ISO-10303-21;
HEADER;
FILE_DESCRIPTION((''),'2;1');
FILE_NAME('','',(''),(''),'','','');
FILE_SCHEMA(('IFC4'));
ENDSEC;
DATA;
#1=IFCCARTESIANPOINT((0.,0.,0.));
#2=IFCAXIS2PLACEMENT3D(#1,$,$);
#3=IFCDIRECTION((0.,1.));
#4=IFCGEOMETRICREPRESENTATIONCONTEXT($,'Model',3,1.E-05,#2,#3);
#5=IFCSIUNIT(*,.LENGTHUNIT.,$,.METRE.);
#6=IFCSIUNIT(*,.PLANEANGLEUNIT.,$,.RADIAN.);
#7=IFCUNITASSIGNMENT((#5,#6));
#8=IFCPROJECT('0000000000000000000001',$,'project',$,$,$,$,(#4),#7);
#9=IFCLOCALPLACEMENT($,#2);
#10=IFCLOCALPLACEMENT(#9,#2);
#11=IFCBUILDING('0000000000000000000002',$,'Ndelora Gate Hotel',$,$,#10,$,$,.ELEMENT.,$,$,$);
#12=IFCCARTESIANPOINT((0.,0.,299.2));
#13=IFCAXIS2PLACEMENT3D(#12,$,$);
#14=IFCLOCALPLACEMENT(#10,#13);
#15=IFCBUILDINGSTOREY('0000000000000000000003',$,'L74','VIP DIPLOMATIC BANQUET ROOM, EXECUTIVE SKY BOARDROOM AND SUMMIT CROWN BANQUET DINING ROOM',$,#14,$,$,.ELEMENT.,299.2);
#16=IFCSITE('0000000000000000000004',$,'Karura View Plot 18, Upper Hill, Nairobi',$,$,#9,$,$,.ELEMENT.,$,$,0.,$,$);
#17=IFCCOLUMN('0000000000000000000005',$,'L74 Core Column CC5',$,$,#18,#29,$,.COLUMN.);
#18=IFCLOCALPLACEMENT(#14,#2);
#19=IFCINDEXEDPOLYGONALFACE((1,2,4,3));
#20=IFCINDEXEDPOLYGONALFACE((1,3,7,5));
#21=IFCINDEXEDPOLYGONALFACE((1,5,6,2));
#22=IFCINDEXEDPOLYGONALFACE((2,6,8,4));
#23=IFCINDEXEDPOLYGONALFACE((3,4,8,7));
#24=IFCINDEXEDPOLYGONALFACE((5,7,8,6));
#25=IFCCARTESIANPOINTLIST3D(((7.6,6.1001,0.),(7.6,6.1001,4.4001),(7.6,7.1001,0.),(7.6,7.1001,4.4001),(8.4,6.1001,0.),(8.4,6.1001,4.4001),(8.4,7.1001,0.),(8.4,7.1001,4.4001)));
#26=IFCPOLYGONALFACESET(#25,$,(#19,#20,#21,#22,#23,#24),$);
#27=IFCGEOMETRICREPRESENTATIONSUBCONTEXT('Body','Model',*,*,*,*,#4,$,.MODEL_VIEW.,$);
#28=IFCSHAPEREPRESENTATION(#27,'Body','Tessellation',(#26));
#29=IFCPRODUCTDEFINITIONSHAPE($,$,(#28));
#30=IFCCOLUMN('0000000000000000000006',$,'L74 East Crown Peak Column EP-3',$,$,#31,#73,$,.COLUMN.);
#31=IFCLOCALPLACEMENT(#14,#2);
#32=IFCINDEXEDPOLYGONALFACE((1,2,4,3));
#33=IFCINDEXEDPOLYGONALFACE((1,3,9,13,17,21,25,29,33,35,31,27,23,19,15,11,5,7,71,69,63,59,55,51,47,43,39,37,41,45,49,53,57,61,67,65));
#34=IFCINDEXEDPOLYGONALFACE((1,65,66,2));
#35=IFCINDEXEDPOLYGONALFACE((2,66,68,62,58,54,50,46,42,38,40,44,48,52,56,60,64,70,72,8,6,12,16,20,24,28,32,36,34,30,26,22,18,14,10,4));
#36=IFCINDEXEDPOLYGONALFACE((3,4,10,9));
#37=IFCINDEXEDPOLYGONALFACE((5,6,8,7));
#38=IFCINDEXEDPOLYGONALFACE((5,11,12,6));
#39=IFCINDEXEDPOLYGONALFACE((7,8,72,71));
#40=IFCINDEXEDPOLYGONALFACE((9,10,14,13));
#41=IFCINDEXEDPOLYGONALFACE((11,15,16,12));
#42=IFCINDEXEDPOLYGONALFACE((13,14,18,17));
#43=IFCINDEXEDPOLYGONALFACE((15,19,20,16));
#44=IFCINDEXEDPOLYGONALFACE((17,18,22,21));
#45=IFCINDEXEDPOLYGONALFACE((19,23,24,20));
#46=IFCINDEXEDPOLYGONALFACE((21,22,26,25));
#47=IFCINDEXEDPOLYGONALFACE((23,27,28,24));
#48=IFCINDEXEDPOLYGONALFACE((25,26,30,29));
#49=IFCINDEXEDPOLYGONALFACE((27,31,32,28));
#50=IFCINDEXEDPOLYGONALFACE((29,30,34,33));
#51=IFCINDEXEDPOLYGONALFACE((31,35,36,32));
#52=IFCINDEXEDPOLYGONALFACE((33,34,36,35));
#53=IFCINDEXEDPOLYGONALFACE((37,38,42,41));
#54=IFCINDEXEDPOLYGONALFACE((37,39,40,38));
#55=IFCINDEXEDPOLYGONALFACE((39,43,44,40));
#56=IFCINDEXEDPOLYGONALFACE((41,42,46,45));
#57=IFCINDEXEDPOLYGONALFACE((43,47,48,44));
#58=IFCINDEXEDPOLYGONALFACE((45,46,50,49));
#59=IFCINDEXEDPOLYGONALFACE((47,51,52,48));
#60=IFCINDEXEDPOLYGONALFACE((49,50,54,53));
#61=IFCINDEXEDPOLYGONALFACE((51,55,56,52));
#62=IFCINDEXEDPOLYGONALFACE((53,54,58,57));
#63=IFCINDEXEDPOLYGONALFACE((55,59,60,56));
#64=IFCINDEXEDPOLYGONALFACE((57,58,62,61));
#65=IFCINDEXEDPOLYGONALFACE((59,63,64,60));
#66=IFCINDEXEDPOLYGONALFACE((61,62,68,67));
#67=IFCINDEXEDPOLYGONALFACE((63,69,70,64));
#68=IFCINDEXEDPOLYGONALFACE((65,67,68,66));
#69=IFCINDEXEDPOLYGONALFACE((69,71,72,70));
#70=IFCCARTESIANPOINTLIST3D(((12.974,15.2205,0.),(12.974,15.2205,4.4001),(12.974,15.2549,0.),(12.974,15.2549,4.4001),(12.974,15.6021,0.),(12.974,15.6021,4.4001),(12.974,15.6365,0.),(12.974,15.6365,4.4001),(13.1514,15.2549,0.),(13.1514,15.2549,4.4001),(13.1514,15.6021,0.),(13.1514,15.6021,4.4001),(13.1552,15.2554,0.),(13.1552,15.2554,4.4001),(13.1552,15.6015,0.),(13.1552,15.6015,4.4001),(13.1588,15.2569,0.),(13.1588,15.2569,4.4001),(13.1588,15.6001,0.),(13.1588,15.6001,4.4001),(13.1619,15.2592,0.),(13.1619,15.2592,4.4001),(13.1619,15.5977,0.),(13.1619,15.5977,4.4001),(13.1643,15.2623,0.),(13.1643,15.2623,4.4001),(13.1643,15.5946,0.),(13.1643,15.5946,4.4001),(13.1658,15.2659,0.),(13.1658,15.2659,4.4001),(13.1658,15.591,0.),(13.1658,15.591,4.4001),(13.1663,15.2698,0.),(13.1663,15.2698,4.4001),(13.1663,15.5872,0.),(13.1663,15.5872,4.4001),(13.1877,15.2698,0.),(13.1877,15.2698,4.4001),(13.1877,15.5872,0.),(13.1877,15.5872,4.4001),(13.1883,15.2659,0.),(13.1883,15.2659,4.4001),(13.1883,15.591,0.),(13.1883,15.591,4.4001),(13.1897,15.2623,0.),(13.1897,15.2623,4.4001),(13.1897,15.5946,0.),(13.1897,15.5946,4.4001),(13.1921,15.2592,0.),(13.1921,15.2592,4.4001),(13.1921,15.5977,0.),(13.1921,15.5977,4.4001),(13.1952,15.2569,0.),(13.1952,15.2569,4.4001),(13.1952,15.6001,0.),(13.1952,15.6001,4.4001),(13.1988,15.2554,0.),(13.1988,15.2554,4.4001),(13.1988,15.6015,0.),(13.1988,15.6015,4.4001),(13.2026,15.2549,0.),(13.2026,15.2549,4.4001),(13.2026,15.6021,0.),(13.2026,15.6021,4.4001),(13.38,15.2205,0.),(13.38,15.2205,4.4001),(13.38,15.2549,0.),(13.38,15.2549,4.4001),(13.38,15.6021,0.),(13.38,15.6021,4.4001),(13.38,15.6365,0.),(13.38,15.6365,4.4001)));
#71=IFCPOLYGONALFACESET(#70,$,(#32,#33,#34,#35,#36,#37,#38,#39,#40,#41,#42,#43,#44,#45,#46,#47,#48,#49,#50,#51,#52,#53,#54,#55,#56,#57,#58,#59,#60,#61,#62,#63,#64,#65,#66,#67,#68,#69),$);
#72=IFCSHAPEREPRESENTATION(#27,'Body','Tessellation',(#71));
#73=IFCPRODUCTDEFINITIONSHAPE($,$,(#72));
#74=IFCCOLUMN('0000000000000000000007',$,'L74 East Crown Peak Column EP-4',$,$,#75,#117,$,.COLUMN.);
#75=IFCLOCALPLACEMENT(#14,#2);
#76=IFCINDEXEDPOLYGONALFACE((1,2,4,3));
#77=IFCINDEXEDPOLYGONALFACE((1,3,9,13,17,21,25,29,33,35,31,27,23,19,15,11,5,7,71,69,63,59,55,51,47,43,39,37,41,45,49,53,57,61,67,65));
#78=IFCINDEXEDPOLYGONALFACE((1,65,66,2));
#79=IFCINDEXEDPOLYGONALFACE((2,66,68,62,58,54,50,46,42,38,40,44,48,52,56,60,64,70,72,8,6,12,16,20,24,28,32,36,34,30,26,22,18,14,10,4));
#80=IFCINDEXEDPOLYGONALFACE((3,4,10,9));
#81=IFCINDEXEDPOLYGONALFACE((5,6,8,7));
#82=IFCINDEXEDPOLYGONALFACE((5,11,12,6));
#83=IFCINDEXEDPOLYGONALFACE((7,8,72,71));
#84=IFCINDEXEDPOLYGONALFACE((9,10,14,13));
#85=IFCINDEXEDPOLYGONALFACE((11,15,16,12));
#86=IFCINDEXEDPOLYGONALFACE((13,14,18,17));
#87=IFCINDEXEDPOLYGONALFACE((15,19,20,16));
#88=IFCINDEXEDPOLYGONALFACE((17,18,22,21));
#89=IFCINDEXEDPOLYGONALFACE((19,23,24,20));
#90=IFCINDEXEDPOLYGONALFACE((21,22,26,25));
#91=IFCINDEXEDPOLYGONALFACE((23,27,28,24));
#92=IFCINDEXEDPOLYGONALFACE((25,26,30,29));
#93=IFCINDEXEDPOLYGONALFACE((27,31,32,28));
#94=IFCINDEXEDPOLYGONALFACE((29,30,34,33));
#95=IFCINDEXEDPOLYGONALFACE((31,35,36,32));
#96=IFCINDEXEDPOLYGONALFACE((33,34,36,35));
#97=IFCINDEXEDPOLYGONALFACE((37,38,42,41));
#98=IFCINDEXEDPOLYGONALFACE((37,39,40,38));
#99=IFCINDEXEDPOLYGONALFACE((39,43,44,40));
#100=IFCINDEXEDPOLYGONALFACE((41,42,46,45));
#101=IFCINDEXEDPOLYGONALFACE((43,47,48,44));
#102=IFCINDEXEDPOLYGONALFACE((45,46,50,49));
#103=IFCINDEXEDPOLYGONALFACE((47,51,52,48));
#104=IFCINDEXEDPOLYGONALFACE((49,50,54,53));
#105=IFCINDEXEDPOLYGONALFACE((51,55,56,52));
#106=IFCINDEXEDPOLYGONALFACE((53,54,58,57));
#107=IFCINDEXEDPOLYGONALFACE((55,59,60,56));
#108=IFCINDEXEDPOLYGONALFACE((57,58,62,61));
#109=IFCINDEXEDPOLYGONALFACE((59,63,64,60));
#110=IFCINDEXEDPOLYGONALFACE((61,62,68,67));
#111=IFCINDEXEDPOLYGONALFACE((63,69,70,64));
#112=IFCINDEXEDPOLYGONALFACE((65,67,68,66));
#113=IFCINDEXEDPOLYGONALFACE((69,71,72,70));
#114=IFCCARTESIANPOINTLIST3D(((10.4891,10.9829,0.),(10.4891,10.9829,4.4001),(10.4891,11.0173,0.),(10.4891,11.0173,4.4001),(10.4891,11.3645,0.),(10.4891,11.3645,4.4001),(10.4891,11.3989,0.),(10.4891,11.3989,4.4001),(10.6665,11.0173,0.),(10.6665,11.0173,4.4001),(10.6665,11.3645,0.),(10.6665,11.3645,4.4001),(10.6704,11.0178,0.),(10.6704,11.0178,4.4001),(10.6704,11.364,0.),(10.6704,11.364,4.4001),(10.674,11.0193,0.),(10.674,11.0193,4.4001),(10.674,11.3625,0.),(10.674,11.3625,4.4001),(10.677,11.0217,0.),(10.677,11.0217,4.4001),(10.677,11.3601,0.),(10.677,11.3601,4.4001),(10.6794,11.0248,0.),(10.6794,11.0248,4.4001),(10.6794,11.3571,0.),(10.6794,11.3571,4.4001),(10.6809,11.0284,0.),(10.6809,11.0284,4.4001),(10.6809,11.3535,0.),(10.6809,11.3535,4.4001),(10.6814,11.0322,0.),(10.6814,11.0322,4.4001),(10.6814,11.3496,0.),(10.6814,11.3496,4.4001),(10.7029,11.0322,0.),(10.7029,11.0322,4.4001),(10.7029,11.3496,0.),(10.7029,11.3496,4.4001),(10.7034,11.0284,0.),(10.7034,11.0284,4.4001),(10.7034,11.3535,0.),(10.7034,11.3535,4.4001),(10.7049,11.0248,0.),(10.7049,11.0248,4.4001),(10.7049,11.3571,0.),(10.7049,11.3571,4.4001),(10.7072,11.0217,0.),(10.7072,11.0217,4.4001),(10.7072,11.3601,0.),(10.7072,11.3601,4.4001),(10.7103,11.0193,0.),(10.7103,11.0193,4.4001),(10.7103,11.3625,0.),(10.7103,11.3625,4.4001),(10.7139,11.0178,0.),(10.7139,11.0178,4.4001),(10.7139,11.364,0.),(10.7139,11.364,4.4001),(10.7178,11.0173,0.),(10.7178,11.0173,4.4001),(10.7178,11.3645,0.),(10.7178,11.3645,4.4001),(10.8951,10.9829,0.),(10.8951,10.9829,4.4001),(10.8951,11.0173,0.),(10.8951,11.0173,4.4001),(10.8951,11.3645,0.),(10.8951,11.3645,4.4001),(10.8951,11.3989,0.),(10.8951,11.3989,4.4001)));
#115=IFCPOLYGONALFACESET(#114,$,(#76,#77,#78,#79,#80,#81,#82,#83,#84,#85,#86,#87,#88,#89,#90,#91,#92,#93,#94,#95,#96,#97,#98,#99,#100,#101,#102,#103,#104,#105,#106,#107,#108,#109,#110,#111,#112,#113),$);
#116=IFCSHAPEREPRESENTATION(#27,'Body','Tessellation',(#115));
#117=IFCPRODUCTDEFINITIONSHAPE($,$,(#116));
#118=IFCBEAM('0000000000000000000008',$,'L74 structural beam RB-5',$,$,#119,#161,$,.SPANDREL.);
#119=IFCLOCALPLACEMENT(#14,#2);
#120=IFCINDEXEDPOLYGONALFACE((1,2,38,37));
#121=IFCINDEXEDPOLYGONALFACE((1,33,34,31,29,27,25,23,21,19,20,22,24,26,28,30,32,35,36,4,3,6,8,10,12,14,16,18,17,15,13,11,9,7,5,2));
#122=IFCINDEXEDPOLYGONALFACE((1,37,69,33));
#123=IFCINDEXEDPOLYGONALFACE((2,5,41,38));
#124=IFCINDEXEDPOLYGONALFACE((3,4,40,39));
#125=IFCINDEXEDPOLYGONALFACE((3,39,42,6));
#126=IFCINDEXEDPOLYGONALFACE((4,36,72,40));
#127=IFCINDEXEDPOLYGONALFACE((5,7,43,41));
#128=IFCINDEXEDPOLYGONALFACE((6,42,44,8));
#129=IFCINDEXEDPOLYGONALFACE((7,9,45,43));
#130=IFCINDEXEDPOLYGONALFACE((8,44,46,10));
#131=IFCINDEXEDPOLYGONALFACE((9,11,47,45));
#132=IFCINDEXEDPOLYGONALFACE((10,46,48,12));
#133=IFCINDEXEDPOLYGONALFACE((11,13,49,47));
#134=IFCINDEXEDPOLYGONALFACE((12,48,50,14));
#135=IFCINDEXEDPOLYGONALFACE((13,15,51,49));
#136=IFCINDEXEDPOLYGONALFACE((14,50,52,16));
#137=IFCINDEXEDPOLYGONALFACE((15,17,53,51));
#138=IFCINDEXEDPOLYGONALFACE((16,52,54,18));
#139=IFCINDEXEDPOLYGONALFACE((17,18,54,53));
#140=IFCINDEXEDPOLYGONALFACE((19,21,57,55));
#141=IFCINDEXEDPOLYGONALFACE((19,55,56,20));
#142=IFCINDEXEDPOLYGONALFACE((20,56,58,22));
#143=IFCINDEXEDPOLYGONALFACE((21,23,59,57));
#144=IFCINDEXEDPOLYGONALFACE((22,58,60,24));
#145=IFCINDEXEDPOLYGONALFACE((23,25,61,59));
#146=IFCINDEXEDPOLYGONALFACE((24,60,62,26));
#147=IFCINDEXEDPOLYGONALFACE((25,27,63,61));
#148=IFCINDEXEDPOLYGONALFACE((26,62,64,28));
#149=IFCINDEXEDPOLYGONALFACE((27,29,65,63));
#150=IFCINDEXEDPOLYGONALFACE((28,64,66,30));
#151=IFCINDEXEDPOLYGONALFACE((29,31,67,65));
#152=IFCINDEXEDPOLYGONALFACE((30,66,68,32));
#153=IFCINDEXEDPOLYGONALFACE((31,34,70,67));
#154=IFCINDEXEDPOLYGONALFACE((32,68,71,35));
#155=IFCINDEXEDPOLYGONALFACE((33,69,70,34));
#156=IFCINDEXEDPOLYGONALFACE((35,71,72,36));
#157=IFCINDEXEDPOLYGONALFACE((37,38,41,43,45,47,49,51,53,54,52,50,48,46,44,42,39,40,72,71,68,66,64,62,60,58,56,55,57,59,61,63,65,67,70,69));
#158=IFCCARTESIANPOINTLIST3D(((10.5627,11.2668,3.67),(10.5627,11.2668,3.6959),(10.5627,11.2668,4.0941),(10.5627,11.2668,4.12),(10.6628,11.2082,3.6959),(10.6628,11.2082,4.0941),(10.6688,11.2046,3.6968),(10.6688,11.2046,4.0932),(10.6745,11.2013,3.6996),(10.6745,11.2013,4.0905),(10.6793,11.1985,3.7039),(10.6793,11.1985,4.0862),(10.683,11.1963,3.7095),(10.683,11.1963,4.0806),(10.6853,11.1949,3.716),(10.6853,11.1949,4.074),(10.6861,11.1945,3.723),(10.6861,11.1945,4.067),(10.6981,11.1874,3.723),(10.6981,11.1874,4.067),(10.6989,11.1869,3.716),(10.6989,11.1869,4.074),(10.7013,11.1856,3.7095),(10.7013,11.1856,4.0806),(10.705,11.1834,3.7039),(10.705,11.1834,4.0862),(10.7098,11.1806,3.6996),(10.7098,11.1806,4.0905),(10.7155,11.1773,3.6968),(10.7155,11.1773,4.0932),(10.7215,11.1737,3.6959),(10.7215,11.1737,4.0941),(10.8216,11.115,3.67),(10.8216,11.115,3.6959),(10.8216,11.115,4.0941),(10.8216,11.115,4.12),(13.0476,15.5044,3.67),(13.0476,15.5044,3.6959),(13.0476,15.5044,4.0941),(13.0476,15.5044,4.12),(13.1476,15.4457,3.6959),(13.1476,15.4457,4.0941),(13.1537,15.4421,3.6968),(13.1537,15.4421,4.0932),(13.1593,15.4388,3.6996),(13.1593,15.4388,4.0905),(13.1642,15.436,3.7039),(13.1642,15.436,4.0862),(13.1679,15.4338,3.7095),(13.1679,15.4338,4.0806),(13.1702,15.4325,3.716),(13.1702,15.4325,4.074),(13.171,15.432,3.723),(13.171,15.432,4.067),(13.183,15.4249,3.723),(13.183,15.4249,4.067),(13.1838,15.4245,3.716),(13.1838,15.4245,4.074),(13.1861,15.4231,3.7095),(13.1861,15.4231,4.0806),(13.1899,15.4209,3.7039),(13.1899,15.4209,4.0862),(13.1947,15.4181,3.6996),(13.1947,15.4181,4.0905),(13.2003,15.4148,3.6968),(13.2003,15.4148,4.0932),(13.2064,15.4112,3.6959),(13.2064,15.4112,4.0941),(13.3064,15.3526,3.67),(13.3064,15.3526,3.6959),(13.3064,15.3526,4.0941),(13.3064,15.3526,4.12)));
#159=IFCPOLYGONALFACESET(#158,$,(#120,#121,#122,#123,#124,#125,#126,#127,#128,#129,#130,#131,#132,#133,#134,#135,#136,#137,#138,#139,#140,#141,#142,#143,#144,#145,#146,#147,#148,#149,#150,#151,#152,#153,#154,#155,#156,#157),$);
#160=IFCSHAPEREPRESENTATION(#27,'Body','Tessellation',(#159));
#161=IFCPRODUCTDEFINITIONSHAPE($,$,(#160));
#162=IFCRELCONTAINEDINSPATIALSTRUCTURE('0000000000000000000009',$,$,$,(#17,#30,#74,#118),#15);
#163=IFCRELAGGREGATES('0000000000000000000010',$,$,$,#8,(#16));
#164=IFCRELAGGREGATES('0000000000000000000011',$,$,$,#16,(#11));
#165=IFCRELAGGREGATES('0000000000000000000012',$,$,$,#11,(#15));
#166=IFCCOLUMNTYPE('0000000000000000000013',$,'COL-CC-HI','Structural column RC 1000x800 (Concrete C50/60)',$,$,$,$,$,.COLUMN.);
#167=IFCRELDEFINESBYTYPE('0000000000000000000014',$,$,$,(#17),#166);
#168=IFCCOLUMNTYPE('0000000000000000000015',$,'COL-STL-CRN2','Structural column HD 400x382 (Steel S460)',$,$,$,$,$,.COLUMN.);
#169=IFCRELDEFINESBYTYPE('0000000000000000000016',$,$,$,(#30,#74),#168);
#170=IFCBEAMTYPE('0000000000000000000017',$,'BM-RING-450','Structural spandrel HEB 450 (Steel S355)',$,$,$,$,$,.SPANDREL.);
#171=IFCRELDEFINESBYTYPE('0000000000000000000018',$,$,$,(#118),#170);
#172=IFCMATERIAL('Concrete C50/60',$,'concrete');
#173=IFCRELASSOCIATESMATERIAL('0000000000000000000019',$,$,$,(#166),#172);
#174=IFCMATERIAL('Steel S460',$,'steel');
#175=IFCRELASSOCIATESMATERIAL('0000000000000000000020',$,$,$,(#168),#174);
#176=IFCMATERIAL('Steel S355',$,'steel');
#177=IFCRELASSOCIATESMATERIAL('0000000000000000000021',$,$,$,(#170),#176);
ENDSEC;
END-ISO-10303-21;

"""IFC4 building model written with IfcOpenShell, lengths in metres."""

from ifc_helpers import new_model, si_unit, direction, frame, origin, origin_2d, place, context, subcontext, project, spatial, rectangle, i_section, extrude, material, material_profile, profile_set, type_object, element, save


model = new_model("IFC4")

# Units and contexts
model_context = context("Model", 3, precision=1e-05, world=origin(), true_north=direction((0.0, 1.0)))
body_context = subcontext(model_context, "Body", "Model", "MODEL_VIEW")
ifc_project = project(units=[si_unit("LENGTHUNIT", "METRE"), si_unit("PLANEANGLEUNIT", "RADIAN")], contexts=[model_context])

# Site, building, storey
site_placement = place(None, origin())
site = spatial("IfcSite", under=ifc_project, at=site_placement, Name="Karura View Plot 18, Upper Hill, Nairobi", CompositionType="ELEMENT", RefElevation=0.0)
building_placement = place(site_placement, origin())
building = spatial("IfcBuilding", under=site, at=building_placement, Name="Ndelora Gate Hotel", CompositionType="ELEMENT")
storey_placement = place(building_placement, frame((0.0, 0.0, 299.2)))
storey = spatial("IfcBuildingStorey", under=building, at=storey_placement, Name="L74", Description="VIP DIPLOMATIC BANQUET ROOM, EXECUTIVE SKY BOARDROOM AND SUMMIT CROWN BANQUET DINING ROOM", CompositionType="ELEMENT", Elevation=299.2)

# Columns
ifc_material_1 = material(Name="Concrete C50/60", Category="concrete")
ifc_material_profile_1 = material_profile(ifc_material_1, rectangle(XDim=0.8, YDim=1.0, at=origin_2d()), Name="RC 1000x800")
ifc_profile_set_1 = profile_set([ifc_material_profile_1], Name="Concrete C50/60")
column_type_1 = type_object("IfcColumnType", Name="COL-CC-HI", Description="Structural column RC 1000x800 (Concrete C50/60)", PredefinedType="COLUMN", material=ifc_profile_set_1)
column_placement = place(storey_placement, frame((8.0, 6.6001, 0.0), z_axis=(0.0, 0.0, 1.0), x_axis=(1.0, 0.0, 0.0)))
element("IfcColumn", 1, at=column_placement, inside=storey, type_object=column_type_1, Name="L74 Core Column CC5", PredefinedType="COLUMN", context=body_context, shape_type="SweptSolid", body=[
    extrude(rectangle(XDim=0.8, YDim=1.0, at=origin_2d()), origin(), (0.0, 0.0, 1.0), 4.4001),
])
ifc_material_2 = material(Name="Steel S460", Category="steel")
ifc_material_profile_2 = material_profile(ifc_material_2, i_section(OverallWidth=0.406, OverallDepth=0.416, WebThickness=0.0215, FlangeThickness=0.0344, FilletRadius=0.0149, at=origin_2d()), Name="HD 400x382")
ifc_profile_set_2 = profile_set([ifc_material_profile_2], Name="Steel S460")
column_type_2 = type_object("IfcColumnType", Name="COL-STL-CRN2", Description="Structural column HD 400x382 (Steel S460)", PredefinedType="COLUMN", material=ifc_profile_set_2)
for number, where, z_axis, x_axis, name in (
    (2, (13.177, 15.4285, 0.0), (0.0, 0.0, 1.0), (1.0, 0.0, 0.0), "L74 East Crown Peak Column EP-3"),
    (3, (10.6921, 11.1909, 0.0), (0.0, 0.0, 1.0), (1.0, 0.0, 0.0), "L74 East Crown Peak Column EP-4"),
):
    element("IfcColumn", number, at=place(storey_placement, frame(where, z_axis=z_axis, x_axis=x_axis)), inside=storey, type_object=column_type_2, Name=name, PredefinedType="COLUMN", context=body_context, shape_type="SweptSolid", body=[
        extrude(i_section(OverallWidth=0.406, OverallDepth=0.416, WebThickness=0.0215, FlangeThickness=0.0344, FilletRadius=0.0149, at=origin_2d()), origin(), (0.0, 0.0, 1.0), 4.4001),
    ])

# Beam
ifc_material_3 = material(Name="Steel S355", Category="steel")
ifc_material_profile_3 = material_profile(ifc_material_3, i_section(OverallWidth=0.3, OverallDepth=0.45, WebThickness=0.0139, FlangeThickness=0.0259, FilletRadius=0.0271, at=origin_2d()), Name="HEB 450")
ifc_profile_set_3 = profile_set([ifc_material_profile_3], Name="Steel S355")
beam_type = type_object("IfcBeamType", Name="BM-RING-450", Description="Structural spandrel HEB 450 (Steel S355)", PredefinedType="SPANDREL", material=ifc_profile_set_3)
beam_1_placement = place(storey_placement, frame((13.177, 15.4285, 3.895), z_axis=(-0.505838, -0.862628, 0.0), x_axis=(0.862628, -0.505838, 0.0)))
element("IfcBeam", 4, at=beam_1_placement, inside=storey, type_object=beam_type, Name="L74 structural beam RB-5", PredefinedType="SPANDREL", context=body_context, shape_type="SweptSolid", body=[
    extrude(i_section(OverallWidth=0.3, OverallDepth=0.45, WebThickness=0.0139, FlangeThickness=0.0259, FilletRadius=0.0271, at=origin_2d()), origin(), (0.0, 0.0, 1.0), 4.9124),
])

save(model, "model.ifc")
